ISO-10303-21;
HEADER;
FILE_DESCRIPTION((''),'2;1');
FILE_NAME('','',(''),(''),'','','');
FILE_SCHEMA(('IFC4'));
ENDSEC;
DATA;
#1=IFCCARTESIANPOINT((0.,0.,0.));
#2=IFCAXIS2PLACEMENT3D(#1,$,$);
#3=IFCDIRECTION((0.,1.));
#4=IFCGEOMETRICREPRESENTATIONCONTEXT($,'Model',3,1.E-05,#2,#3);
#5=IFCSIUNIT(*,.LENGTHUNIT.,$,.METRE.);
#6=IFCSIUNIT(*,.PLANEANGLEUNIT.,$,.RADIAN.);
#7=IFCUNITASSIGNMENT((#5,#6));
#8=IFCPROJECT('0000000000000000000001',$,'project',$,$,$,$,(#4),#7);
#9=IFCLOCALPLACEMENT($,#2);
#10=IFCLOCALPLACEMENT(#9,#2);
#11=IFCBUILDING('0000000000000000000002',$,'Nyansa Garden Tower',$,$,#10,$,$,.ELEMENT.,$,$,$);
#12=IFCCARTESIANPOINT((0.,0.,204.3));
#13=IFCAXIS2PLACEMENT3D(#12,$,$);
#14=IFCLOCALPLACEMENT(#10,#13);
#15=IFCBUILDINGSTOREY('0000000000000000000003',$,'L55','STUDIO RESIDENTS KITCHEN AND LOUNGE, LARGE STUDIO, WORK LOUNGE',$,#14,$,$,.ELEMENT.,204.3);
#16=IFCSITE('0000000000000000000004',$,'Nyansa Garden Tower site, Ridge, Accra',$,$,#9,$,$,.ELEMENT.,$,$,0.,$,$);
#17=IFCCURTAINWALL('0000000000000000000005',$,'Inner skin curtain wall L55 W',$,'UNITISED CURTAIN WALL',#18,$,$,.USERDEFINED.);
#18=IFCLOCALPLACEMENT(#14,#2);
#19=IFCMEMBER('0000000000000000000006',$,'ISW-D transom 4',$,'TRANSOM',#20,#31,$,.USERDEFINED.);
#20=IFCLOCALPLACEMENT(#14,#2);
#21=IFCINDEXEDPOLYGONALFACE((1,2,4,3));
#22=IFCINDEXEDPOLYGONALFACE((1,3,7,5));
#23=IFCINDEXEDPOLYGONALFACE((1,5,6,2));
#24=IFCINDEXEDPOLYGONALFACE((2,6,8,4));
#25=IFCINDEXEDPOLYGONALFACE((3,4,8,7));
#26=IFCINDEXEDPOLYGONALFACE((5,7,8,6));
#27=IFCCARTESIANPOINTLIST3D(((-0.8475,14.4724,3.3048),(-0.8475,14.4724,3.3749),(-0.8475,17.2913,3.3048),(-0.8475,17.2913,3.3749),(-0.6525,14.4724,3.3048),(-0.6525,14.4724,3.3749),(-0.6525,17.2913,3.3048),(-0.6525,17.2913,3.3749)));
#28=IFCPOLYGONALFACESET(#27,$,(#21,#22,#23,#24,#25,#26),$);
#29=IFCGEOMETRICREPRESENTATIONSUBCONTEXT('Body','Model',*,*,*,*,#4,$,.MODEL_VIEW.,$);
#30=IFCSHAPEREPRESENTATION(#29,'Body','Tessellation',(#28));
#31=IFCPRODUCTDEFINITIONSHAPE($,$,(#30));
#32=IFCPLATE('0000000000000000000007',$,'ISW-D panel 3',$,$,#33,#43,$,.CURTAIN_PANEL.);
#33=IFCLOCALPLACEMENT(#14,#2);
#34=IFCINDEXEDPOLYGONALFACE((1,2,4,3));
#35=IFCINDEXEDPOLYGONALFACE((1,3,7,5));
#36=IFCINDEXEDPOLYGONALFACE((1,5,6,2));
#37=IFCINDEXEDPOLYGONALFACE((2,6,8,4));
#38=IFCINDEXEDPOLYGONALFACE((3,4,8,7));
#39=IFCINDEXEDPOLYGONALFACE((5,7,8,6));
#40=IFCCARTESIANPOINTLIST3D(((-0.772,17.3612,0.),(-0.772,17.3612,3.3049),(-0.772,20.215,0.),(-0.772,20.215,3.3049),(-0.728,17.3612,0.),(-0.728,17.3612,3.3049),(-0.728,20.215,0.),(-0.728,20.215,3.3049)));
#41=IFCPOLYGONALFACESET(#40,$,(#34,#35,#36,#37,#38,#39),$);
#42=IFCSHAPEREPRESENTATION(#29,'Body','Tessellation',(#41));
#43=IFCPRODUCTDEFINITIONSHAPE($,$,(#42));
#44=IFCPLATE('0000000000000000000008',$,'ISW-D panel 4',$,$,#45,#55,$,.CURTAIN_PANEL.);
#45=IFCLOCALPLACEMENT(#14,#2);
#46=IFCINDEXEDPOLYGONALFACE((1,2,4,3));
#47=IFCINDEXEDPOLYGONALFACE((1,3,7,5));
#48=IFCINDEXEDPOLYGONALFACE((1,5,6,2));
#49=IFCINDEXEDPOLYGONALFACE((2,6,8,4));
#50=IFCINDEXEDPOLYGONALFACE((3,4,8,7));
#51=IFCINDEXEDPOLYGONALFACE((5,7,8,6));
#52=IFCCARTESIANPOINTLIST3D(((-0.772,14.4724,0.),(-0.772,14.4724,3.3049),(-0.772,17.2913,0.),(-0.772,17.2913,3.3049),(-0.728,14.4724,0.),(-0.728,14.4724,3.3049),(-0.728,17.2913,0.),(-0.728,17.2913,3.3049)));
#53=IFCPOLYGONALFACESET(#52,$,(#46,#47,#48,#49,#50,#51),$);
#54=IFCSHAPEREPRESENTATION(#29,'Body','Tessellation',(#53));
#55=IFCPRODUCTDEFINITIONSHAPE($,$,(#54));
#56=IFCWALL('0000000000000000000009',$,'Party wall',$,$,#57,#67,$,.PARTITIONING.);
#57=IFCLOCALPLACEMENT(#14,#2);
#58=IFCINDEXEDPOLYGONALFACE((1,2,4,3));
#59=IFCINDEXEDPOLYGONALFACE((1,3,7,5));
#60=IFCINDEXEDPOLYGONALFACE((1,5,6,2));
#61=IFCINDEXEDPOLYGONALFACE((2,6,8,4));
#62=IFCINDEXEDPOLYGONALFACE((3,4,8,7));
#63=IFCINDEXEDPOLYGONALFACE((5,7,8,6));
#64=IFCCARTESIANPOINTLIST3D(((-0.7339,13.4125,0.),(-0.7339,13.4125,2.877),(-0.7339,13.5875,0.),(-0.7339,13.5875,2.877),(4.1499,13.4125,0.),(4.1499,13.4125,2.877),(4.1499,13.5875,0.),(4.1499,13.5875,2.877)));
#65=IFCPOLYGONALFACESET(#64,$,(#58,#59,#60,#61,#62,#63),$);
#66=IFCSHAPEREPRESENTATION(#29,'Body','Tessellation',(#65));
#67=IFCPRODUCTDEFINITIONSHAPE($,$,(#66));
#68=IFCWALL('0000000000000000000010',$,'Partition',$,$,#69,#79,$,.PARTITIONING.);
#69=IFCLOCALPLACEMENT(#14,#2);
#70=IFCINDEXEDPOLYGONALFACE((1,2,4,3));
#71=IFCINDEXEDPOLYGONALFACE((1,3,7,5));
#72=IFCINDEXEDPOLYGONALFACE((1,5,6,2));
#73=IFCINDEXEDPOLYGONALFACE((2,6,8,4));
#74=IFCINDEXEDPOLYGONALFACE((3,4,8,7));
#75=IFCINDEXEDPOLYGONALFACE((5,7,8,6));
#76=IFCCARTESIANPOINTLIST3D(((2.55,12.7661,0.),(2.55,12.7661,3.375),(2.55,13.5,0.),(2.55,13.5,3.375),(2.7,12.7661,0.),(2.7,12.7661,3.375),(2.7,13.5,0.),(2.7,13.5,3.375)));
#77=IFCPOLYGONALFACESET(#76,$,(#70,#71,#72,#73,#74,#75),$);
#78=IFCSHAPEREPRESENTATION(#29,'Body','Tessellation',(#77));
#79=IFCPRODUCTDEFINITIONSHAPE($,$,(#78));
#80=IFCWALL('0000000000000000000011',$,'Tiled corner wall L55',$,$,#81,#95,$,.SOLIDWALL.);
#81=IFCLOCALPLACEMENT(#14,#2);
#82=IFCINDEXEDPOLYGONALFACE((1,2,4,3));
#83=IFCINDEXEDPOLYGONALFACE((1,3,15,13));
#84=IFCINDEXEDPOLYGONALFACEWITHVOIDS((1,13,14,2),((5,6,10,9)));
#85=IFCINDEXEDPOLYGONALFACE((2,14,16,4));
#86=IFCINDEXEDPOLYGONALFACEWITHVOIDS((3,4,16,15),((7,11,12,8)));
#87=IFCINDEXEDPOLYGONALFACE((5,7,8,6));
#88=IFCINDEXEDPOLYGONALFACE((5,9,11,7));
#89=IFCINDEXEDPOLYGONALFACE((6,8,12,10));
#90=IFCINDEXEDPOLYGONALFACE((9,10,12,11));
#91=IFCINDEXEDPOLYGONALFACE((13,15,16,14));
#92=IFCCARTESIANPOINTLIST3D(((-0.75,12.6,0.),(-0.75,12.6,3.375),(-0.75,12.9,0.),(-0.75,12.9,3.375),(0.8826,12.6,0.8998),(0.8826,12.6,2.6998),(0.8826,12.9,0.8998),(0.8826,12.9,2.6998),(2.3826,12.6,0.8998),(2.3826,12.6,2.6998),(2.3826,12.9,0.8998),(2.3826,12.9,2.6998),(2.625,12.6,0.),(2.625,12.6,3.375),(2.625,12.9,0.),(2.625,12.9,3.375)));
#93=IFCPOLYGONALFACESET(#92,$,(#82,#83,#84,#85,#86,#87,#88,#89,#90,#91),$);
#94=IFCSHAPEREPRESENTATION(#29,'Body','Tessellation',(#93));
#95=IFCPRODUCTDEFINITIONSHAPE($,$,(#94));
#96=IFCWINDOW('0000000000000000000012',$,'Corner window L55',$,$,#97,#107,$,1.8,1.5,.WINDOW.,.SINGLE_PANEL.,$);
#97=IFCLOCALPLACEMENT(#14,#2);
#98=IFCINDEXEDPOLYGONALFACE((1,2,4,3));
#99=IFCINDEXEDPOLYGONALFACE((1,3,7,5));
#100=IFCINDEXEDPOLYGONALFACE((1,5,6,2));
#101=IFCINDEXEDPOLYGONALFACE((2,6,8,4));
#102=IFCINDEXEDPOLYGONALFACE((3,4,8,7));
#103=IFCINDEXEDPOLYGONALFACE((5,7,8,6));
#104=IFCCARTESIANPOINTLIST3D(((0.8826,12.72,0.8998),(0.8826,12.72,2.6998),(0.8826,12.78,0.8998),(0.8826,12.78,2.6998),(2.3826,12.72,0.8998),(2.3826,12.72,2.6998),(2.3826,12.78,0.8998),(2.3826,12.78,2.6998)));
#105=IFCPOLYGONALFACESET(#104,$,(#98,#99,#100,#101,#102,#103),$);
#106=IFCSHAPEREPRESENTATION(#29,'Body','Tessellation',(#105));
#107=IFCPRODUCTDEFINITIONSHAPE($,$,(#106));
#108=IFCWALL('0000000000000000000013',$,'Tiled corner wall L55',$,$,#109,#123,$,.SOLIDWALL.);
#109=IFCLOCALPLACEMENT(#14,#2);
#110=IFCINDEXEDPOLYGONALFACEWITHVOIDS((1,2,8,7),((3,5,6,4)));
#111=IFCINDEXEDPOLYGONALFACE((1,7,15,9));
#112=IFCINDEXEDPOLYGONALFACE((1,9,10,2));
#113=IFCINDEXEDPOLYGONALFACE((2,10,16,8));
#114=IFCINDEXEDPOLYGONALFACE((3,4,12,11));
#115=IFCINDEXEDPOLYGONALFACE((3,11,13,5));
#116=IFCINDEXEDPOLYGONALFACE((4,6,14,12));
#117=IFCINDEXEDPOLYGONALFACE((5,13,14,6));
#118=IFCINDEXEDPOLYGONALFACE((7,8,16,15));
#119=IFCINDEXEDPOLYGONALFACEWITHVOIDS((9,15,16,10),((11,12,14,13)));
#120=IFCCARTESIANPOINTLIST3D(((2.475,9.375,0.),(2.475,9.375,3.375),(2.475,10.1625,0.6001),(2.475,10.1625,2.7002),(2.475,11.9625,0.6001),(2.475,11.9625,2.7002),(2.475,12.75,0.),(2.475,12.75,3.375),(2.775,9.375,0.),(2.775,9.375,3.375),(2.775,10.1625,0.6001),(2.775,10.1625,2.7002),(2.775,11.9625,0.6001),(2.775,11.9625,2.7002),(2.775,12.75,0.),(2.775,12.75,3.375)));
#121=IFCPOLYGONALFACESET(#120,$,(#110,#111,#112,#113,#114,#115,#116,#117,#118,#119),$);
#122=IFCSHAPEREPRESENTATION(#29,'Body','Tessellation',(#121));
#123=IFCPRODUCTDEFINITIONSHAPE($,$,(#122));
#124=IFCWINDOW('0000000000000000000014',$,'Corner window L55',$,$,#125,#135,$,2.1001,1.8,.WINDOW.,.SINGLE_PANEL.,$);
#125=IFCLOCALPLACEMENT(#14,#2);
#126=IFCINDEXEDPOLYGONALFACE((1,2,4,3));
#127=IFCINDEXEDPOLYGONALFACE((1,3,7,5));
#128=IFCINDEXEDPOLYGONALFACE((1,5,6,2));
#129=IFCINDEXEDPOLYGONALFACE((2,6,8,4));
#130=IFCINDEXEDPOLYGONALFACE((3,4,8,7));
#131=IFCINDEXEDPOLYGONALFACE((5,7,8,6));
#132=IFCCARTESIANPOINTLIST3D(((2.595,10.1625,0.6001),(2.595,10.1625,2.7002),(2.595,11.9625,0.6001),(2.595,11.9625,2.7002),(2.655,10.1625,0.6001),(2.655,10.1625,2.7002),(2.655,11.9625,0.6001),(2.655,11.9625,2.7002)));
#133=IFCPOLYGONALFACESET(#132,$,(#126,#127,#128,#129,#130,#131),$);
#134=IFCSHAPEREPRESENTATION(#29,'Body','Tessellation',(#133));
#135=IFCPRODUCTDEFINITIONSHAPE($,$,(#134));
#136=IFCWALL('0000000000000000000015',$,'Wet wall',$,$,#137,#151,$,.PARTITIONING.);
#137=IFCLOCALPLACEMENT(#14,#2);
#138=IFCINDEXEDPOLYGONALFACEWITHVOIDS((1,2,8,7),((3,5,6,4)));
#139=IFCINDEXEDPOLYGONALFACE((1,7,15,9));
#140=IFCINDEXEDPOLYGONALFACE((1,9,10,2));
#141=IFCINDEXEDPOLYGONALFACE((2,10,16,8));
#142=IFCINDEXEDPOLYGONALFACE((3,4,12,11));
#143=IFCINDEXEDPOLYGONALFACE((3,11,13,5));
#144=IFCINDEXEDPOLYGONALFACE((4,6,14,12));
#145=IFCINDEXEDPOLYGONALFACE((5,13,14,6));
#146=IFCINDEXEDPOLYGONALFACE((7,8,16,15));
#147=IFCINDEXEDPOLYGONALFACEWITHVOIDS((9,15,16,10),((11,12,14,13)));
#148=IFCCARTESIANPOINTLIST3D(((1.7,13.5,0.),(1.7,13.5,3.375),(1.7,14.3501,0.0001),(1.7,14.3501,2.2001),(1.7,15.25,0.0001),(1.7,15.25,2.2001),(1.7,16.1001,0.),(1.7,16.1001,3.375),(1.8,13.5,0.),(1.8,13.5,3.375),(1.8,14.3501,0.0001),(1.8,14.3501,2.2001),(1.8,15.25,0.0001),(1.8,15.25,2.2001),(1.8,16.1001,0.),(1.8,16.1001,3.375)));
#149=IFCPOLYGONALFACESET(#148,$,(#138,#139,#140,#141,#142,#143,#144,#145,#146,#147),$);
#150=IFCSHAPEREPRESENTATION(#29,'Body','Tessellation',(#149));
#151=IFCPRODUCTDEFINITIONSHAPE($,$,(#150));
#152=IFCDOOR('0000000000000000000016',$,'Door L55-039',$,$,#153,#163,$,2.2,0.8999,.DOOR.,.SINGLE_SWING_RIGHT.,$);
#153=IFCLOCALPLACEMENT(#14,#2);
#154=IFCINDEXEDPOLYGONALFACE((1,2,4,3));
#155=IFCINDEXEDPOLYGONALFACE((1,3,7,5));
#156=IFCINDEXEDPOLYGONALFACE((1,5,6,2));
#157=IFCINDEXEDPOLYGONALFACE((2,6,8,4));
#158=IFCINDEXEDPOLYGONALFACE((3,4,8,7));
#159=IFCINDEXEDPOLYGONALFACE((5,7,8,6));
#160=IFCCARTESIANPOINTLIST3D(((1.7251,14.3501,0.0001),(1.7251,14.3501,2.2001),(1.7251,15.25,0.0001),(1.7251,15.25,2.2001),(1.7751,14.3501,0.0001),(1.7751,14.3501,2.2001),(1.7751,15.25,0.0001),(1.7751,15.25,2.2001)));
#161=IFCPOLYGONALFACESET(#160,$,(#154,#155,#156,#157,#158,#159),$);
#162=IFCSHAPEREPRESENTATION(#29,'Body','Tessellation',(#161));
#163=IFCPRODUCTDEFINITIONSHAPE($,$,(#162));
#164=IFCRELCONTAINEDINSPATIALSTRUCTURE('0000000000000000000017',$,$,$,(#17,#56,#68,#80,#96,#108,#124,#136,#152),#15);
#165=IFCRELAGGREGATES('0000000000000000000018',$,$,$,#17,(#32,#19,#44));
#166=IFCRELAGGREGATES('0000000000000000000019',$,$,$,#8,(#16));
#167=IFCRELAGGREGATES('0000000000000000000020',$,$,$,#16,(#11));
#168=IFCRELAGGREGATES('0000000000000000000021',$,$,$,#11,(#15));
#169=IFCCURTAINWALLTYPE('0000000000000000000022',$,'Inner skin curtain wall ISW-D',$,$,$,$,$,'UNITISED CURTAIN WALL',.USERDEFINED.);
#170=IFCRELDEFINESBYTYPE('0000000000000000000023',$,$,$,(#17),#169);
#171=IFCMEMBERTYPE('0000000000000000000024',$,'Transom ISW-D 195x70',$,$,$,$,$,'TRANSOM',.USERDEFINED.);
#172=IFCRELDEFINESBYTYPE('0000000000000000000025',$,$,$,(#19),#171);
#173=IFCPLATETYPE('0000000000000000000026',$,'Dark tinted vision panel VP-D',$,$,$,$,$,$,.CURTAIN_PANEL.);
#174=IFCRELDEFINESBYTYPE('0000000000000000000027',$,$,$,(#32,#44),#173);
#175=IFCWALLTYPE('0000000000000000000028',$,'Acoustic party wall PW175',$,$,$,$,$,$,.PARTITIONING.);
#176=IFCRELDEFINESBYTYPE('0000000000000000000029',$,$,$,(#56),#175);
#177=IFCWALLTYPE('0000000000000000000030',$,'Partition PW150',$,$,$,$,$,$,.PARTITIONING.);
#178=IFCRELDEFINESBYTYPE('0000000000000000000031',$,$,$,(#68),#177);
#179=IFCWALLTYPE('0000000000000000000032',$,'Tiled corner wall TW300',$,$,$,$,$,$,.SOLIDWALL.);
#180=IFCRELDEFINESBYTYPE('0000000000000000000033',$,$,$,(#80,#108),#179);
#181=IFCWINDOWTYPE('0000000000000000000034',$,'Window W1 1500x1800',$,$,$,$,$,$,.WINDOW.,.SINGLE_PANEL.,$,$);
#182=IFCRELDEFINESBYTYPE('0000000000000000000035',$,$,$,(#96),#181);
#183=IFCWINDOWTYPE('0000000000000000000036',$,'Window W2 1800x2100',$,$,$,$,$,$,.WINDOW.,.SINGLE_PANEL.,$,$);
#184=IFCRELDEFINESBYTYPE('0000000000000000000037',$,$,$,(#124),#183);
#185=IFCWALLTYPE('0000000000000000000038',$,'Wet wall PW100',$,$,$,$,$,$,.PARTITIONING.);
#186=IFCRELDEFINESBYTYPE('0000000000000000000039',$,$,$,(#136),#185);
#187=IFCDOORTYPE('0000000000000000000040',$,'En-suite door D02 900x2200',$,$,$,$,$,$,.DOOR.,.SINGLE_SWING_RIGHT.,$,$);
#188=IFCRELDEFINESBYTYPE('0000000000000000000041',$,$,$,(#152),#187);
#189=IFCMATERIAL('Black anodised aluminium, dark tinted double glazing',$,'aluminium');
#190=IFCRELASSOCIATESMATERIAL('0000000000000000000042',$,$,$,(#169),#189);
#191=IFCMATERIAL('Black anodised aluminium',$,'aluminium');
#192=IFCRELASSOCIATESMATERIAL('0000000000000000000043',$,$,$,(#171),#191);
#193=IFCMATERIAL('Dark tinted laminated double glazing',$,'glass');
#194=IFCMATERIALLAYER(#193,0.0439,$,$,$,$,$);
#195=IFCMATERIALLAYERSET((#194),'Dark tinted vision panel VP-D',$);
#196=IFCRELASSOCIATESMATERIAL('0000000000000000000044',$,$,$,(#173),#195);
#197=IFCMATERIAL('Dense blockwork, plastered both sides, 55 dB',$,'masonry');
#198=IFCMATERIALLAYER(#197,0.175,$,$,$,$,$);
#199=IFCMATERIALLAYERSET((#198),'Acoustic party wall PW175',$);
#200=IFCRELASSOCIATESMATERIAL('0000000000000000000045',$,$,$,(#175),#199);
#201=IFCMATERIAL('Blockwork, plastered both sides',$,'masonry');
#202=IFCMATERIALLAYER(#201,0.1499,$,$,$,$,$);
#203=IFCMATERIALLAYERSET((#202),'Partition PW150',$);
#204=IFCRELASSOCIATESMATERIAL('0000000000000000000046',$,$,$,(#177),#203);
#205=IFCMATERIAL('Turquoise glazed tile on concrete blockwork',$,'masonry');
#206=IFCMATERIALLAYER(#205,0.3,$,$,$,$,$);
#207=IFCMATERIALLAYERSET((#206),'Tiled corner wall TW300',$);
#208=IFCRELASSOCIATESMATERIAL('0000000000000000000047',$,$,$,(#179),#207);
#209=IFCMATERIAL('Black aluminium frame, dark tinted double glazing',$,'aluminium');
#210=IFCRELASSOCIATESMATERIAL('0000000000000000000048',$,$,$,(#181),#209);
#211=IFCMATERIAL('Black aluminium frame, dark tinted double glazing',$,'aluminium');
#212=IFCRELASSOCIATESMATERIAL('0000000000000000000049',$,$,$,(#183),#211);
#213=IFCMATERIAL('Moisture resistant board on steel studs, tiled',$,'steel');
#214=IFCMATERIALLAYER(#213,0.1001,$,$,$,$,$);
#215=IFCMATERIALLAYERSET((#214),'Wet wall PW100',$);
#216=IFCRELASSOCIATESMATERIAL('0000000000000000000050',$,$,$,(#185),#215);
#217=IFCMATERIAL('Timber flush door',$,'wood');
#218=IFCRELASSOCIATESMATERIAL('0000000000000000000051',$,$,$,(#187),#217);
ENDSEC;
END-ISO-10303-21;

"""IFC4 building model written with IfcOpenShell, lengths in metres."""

from ifc_helpers import new_model, si_unit, direction, frame, frame_2d, origin, origin_2d, place, context, subcontext, project, spatial, rectangle, extrude, material, layer, layer_set, material_profile, profile_set, type_object, element, fill, aggregate, save


model = new_model("IFC4")

# Units and contexts
model_context = context("Model", 3, precision=1e-05, world=origin(), true_north=direction((0.0, 1.0)))
body_context = subcontext(model_context, "Body", "Model", "MODEL_VIEW")
ifc_project = project(units=[si_unit("LENGTHUNIT", "METRE"), si_unit("PLANEANGLEUNIT", "RADIAN")], contexts=[model_context])

# Site, building, storey
site_placement = place(None, origin())
site = spatial("IfcSite", under=ifc_project, at=site_placement, Name="Nyansa Garden Tower site, Ridge, Accra", CompositionType="ELEMENT", RefElevation=0.0)
building_placement = place(site_placement, origin())
building = spatial("IfcBuilding", under=site, at=building_placement, Name="Nyansa Garden Tower", CompositionType="ELEMENT")
storey_placement = place(building_placement, frame((0.0, 0.0, 204.3)))
storey = spatial("IfcBuildingStorey", under=building, at=storey_placement, Name="L55", Description="STUDIO RESIDENTS KITCHEN AND LOUNGE, LARGE STUDIO, WORK LOUNGE", CompositionType="ELEMENT", Elevation=204.3)

# Curtain wall
ifc_material_1 = material(Name="Black anodised aluminium, dark tinted double glazing", Category="aluminium")
curtain_wall_type = type_object("IfcCurtainWallType", Name="Inner skin curtain wall ISW-D", ElementType="UNITISED CURTAIN WALL", PredefinedType="USERDEFINED", material=ifc_material_1)
curtain_wall_placement = place(storey_placement, origin())
curtain_wall = element("IfcCurtainWall", 1, at=curtain_wall_placement, inside=storey, type_object=curtain_wall_type, Name="Inner skin curtain wall L55 W", ObjectType="UNITISED CURTAIN WALL", PredefinedType="USERDEFINED")

# Member
ifc_material_2 = material(Name="Black anodised aluminium", Category="aluminium")
ifc_material_profile_1 = material_profile(ifc_material_2, rectangle(XDim=0.1951, YDim=0.0701, at=origin_2d()), Name="Transom 195x70")
ifc_profile_set_1 = profile_set([ifc_material_profile_1], Name="Black anodised aluminium")
member_type_1 = type_object("IfcMemberType", Name="Transom ISW-D 195x70", ElementType="TRANSOM", PredefinedType="USERDEFINED", material=ifc_profile_set_1)
member_1_placement = place(storey_placement, frame((-0.75, 17.2913, 3.3398), z_axis=(0.0, -1.0, 0.0), x_axis=(1.0, 0.0, 0.0)))
member_1 = element("IfcMember", 2, at=member_1_placement, type_object=member_type_1, Name="ISW-D transom 4", ObjectType="TRANSOM", PredefinedType="USERDEFINED", context=body_context, shape_type="SweptSolid", body=[
    extrude(rectangle(XDim=0.1951, YDim=0.0701, at=origin_2d()), origin(), (0.0, 0.0, 1.0), 2.8188),
])

# Plates
ifc_material_3 = material(Name="Dark tinted laminated double glazing", Category="glass")
ifc_layer_1 = layer(ifc_material_3, 0.0439)
ifc_layer_set_1 = layer_set([ifc_layer_1], Name="Dark tinted vision panel VP-D")
plate_type = type_object("IfcPlateType", Name="Dark tinted vision panel VP-D", PredefinedType="CURTAIN_PANEL", material=ifc_layer_set_1)
plate_1_placement = place(storey_placement, frame((-0.75, 18.7881, 0.0), z_axis=(0.0, 0.0, 1.0), x_axis=(0.0, -1.0, 0.0)))
plate_1 = element("IfcPlate", 3, at=plate_1_placement, type_object=plate_type, Name="ISW-D panel 3", PredefinedType="CURTAIN_PANEL", context=body_context, shape_type="SweptSolid", body=[
    extrude(rectangle(XDim=2.8538, YDim=0.0439, at=origin_2d()), origin(), (0.0, 0.0, 1.0), 3.3049),
])
plate_2_placement = place(storey_placement, frame((-0.75, 15.8818, 0.0), z_axis=(0.0, 0.0, 1.0), x_axis=(0.0, -1.0, 0.0)))
plate_2 = element("IfcPlate", 4, at=plate_2_placement, type_object=plate_type, Name="ISW-D panel 4", PredefinedType="CURTAIN_PANEL", context=body_context, shape_type="SweptSolid", body=[
    extrude(rectangle(XDim=2.8188, YDim=0.0439, at=origin_2d()), origin(), (0.0, 0.0, 1.0), 3.3049),
])
aggregate(curtain_wall, [plate_1, member_1, plate_2])

# Walls
ifc_material_4 = material(Name="Dense blockwork, plastered both sides, 55 dB", Category="masonry")
ifc_layer_2 = layer(ifc_material_4, 0.175)
ifc_layer_set_2 = layer_set([ifc_layer_2], Name="Acoustic party wall PW175")
wall_type_1 = type_object("IfcWallType", Name="Acoustic party wall PW175", PredefinedType="PARTITIONING", material=ifc_layer_set_2)
wall_1_placement = place(storey_placement, frame((-0.7339, 13.5, 0.0), z_axis=(0.0, 0.0, 1.0), x_axis=(1.0, 0.0, 0.0)))
element("IfcWall", 5, at=wall_1_placement, inside=storey, type_object=wall_type_1, Name="Party wall", PredefinedType="PARTITIONING", context=body_context, shape_type="SweptSolid", body=[
    extrude(rectangle(XDim=4.8838, YDim=0.175, at=frame_2d((2.4419, 0.0))), origin(), (0.0, 0.0, 1.0), 2.877),
])
ifc_material_5 = material(Name="Blockwork, plastered both sides", Category="masonry")
ifc_layer_3 = layer(ifc_material_5, 0.1499)
ifc_layer_set_3 = layer_set([ifc_layer_3], Name="Partition PW150")
wall_type_2 = type_object("IfcWallType", Name="Partition PW150", PredefinedType="PARTITIONING", material=ifc_layer_set_3)
wall_2_placement = place(storey_placement, frame((2.625, 12.7661, 0.0), z_axis=(0.0, 0.0, 1.0), x_axis=(0.0, 1.0, 0.0)))
element("IfcWall", 6, at=wall_2_placement, inside=storey, type_object=wall_type_2, Name="Partition", PredefinedType="PARTITIONING", context=body_context, shape_type="SweptSolid", body=[
    extrude(rectangle(XDim=0.7339, YDim=0.1499, at=frame_2d((0.3669, 0.0))), origin(), (0.0, 0.0, 1.0), 3.375),
])

# Walls, openings, windows
ifc_material_6 = material(Name="Turquoise glazed tile on concrete blockwork", Category="masonry")
ifc_layer_4 = layer(ifc_material_6, 0.3)
ifc_layer_set_4 = layer_set([ifc_layer_4], Name="Tiled corner wall TW300")
wall_type_3 = type_object("IfcWallType", Name="Tiled corner wall TW300", PredefinedType="SOLIDWALL", material=ifc_layer_set_4)
wall_3_placement = place(storey_placement, frame((-0.75, 12.75, 0.0), z_axis=(0.0, 0.0, 1.0), x_axis=(1.0, 0.0, 0.0)))
wall_3 = element("IfcWall", 7, at=wall_3_placement, inside=storey, type_object=wall_type_3, Name="Tiled corner wall L55", PredefinedType="SOLIDWALL", context=body_context, shape_type="SweptSolid", body=[
    extrude(rectangle(XDim=3.375, YDim=0.3, at=frame_2d((1.6875, 0.0))), origin(), (0.0, 0.0, 1.0), 3.375),
])
opening_1_placement = place(wall_3_placement, frame((1.6326, 0.0, 0.8999)))
opening_1 = element("IfcOpeningElement", 8, at=opening_1_placement, cuts=wall_3, PredefinedType="OPENING", context=body_context, shape_type="SweptSolid", body=[
    extrude(rectangle(XDim=1.5, YDim=1.8, at=frame_2d((0.75, 0.8999))), frame((0.0, 0.1599, 0.0), z_axis=(0.0, -1.0, 0.0), x_axis=(1.0, 0.0, 0.0)), (0.0, 0.0, 1.0), 0.3201),
])
ifc_material_7 = material(Name="Black aluminium frame, dark tinted double glazing", Category="aluminium")
window_type_1 = type_object("IfcWindowType", Name="Window W1 1500x1800", PartitioningType="SINGLE_PANEL", PredefinedType="WINDOW", material=ifc_material_7)
window_1_placement = place(opening_1_placement, origin())
window_1 = element("IfcWindow", 9, at=window_1_placement, inside=storey, type_object=window_type_1, Name="Corner window L55", OverallHeight=1.8, OverallWidth=1.5, PartitioningType="SINGLE_PANEL", PredefinedType="WINDOW", context=body_context, shape_type="SweptSolid", body=[
    extrude(rectangle(XDim=1.5, YDim=1.8, at=frame_2d((0.75, 0.8999))), frame((0.0, 0.03, 0.0), z_axis=(0.0, -1.0, 0.0), x_axis=(1.0, 0.0, 0.0)), (0.0, 0.0, 1.0), 0.0601),
])
fill(opening_1, window_1)
wall_4_placement = place(storey_placement, frame((2.625, 12.75, 0.0), z_axis=(0.0, 0.0, 1.0), x_axis=(0.0, -1.0, 0.0)))
wall_4 = element("IfcWall", 10, at=wall_4_placement, inside=storey, type_object=wall_type_3, Name="Tiled corner wall L55", PredefinedType="SOLIDWALL", context=body_context, shape_type="SweptSolid", body=[
    extrude(rectangle(XDim=3.375, YDim=0.3, at=frame_2d((1.6875, 0.0))), origin(), (0.0, 0.0, 1.0), 3.375),
])
opening_2_placement = place(wall_4_placement, frame((0.7876, 0.0, 0.6001)))
opening_2 = element("IfcOpeningElement", 11, at=opening_2_placement, cuts=wall_4, PredefinedType="OPENING", context=body_context, shape_type="SweptSolid", body=[
    extrude(rectangle(XDim=1.8, YDim=2.1001, at=frame_2d((0.8999, 1.05))), frame((0.0, 0.1599, 0.0), z_axis=(0.0, -1.0, 0.0), x_axis=(1.0, 0.0, 0.0)), (0.0, 0.0, 1.0), 0.3201),
])
ifc_material_8 = material(Name="Black aluminium frame, dark tinted double glazing", Category="aluminium")
window_type_2 = type_object("IfcWindowType", Name="Window W2 1800x2100", PartitioningType="SINGLE_PANEL", PredefinedType="WINDOW", material=ifc_material_8)
window_2_placement = place(opening_2_placement, origin())
window_2 = element("IfcWindow", 12, at=window_2_placement, inside=storey, type_object=window_type_2, Name="Corner window L55", OverallHeight=2.1001, OverallWidth=1.8, PartitioningType="SINGLE_PANEL", PredefinedType="WINDOW", context=body_context, shape_type="SweptSolid", body=[
    extrude(rectangle(XDim=1.8, YDim=2.1001, at=frame_2d((0.8999, 1.05))), frame((0.0, 0.03, 0.0), z_axis=(0.0, -1.0, 0.0), x_axis=(1.0, 0.0, 0.0)), (0.0, 0.0, 1.0), 0.0601),
])
fill(opening_2, window_2)

# Wall, opening, door
ifc_material_9 = material(Name="Moisture resistant board on steel studs, tiled", Category="steel")
ifc_layer_5 = layer(ifc_material_9, 0.1001)
ifc_layer_set_5 = layer_set([ifc_layer_5], Name="Wet wall PW100")
wall_type_4 = type_object("IfcWallType", Name="Wet wall PW100", PredefinedType="PARTITIONING", material=ifc_layer_set_5)
wall_5_placement = place(storey_placement, frame((1.75, 13.5, 0.0), z_axis=(0.0, 0.0, 1.0), x_axis=(0.0, 1.0, 0.0)))
wall_5 = element("IfcWall", 13, at=wall_5_placement, inside=storey, type_object=wall_type_4, Name="Wet wall", PredefinedType="PARTITIONING", context=body_context, shape_type="SweptSolid", body=[
    extrude(rectangle(XDim=2.6001, YDim=0.1001, at=frame_2d((1.3, 0.0))), origin(), (0.0, 0.0, 1.0), 3.375),
])
opening_3_placement = place(wall_5_placement, frame((0.8501, 0.0, 0.0)))
opening_3 = element("IfcOpeningElement", 14, at=opening_3_placement, cuts=wall_5, PredefinedType="OPENING", context=body_context, shape_type="SweptSolid", body=[
    extrude(rectangle(XDim=0.8999, YDim=2.2, at=frame_2d((0.45, 1.1001))), frame((0.0, 0.0601, 0.0), z_axis=(0.0, -1.0, 0.0), x_axis=(1.0, 0.0, 0.0)), (0.0, 0.0, 1.0), 0.1201),
])
ifc_material_10 = material(Name="Timber flush door", Category="wood")
door_type = type_object("IfcDoorType", Name="En-suite door D02 900x2200", OperationType="SINGLE_SWING_RIGHT", PredefinedType="DOOR", material=ifc_material_10)
door_placement = place(opening_3_placement, origin())
door = element("IfcDoor", 15, at=door_placement, inside=storey, type_object=door_type, Name="Door L55-039", OperationType="SINGLE_SWING_RIGHT", OverallHeight=2.2, OverallWidth=0.8999, PredefinedType="DOOR", context=body_context, shape_type="SweptSolid", body=[
    extrude(rectangle(XDim=0.8999, YDim=2.2, at=frame_2d((0.45, 1.1001))), frame((0.0, 0.0249, 0.0), z_axis=(0.0, -1.0, 0.0), x_axis=(1.0, 0.0, 0.0)), (0.0, 0.0, 1.0), 0.05),
])
fill(opening_3, door)

save(model, "model.ifc")
